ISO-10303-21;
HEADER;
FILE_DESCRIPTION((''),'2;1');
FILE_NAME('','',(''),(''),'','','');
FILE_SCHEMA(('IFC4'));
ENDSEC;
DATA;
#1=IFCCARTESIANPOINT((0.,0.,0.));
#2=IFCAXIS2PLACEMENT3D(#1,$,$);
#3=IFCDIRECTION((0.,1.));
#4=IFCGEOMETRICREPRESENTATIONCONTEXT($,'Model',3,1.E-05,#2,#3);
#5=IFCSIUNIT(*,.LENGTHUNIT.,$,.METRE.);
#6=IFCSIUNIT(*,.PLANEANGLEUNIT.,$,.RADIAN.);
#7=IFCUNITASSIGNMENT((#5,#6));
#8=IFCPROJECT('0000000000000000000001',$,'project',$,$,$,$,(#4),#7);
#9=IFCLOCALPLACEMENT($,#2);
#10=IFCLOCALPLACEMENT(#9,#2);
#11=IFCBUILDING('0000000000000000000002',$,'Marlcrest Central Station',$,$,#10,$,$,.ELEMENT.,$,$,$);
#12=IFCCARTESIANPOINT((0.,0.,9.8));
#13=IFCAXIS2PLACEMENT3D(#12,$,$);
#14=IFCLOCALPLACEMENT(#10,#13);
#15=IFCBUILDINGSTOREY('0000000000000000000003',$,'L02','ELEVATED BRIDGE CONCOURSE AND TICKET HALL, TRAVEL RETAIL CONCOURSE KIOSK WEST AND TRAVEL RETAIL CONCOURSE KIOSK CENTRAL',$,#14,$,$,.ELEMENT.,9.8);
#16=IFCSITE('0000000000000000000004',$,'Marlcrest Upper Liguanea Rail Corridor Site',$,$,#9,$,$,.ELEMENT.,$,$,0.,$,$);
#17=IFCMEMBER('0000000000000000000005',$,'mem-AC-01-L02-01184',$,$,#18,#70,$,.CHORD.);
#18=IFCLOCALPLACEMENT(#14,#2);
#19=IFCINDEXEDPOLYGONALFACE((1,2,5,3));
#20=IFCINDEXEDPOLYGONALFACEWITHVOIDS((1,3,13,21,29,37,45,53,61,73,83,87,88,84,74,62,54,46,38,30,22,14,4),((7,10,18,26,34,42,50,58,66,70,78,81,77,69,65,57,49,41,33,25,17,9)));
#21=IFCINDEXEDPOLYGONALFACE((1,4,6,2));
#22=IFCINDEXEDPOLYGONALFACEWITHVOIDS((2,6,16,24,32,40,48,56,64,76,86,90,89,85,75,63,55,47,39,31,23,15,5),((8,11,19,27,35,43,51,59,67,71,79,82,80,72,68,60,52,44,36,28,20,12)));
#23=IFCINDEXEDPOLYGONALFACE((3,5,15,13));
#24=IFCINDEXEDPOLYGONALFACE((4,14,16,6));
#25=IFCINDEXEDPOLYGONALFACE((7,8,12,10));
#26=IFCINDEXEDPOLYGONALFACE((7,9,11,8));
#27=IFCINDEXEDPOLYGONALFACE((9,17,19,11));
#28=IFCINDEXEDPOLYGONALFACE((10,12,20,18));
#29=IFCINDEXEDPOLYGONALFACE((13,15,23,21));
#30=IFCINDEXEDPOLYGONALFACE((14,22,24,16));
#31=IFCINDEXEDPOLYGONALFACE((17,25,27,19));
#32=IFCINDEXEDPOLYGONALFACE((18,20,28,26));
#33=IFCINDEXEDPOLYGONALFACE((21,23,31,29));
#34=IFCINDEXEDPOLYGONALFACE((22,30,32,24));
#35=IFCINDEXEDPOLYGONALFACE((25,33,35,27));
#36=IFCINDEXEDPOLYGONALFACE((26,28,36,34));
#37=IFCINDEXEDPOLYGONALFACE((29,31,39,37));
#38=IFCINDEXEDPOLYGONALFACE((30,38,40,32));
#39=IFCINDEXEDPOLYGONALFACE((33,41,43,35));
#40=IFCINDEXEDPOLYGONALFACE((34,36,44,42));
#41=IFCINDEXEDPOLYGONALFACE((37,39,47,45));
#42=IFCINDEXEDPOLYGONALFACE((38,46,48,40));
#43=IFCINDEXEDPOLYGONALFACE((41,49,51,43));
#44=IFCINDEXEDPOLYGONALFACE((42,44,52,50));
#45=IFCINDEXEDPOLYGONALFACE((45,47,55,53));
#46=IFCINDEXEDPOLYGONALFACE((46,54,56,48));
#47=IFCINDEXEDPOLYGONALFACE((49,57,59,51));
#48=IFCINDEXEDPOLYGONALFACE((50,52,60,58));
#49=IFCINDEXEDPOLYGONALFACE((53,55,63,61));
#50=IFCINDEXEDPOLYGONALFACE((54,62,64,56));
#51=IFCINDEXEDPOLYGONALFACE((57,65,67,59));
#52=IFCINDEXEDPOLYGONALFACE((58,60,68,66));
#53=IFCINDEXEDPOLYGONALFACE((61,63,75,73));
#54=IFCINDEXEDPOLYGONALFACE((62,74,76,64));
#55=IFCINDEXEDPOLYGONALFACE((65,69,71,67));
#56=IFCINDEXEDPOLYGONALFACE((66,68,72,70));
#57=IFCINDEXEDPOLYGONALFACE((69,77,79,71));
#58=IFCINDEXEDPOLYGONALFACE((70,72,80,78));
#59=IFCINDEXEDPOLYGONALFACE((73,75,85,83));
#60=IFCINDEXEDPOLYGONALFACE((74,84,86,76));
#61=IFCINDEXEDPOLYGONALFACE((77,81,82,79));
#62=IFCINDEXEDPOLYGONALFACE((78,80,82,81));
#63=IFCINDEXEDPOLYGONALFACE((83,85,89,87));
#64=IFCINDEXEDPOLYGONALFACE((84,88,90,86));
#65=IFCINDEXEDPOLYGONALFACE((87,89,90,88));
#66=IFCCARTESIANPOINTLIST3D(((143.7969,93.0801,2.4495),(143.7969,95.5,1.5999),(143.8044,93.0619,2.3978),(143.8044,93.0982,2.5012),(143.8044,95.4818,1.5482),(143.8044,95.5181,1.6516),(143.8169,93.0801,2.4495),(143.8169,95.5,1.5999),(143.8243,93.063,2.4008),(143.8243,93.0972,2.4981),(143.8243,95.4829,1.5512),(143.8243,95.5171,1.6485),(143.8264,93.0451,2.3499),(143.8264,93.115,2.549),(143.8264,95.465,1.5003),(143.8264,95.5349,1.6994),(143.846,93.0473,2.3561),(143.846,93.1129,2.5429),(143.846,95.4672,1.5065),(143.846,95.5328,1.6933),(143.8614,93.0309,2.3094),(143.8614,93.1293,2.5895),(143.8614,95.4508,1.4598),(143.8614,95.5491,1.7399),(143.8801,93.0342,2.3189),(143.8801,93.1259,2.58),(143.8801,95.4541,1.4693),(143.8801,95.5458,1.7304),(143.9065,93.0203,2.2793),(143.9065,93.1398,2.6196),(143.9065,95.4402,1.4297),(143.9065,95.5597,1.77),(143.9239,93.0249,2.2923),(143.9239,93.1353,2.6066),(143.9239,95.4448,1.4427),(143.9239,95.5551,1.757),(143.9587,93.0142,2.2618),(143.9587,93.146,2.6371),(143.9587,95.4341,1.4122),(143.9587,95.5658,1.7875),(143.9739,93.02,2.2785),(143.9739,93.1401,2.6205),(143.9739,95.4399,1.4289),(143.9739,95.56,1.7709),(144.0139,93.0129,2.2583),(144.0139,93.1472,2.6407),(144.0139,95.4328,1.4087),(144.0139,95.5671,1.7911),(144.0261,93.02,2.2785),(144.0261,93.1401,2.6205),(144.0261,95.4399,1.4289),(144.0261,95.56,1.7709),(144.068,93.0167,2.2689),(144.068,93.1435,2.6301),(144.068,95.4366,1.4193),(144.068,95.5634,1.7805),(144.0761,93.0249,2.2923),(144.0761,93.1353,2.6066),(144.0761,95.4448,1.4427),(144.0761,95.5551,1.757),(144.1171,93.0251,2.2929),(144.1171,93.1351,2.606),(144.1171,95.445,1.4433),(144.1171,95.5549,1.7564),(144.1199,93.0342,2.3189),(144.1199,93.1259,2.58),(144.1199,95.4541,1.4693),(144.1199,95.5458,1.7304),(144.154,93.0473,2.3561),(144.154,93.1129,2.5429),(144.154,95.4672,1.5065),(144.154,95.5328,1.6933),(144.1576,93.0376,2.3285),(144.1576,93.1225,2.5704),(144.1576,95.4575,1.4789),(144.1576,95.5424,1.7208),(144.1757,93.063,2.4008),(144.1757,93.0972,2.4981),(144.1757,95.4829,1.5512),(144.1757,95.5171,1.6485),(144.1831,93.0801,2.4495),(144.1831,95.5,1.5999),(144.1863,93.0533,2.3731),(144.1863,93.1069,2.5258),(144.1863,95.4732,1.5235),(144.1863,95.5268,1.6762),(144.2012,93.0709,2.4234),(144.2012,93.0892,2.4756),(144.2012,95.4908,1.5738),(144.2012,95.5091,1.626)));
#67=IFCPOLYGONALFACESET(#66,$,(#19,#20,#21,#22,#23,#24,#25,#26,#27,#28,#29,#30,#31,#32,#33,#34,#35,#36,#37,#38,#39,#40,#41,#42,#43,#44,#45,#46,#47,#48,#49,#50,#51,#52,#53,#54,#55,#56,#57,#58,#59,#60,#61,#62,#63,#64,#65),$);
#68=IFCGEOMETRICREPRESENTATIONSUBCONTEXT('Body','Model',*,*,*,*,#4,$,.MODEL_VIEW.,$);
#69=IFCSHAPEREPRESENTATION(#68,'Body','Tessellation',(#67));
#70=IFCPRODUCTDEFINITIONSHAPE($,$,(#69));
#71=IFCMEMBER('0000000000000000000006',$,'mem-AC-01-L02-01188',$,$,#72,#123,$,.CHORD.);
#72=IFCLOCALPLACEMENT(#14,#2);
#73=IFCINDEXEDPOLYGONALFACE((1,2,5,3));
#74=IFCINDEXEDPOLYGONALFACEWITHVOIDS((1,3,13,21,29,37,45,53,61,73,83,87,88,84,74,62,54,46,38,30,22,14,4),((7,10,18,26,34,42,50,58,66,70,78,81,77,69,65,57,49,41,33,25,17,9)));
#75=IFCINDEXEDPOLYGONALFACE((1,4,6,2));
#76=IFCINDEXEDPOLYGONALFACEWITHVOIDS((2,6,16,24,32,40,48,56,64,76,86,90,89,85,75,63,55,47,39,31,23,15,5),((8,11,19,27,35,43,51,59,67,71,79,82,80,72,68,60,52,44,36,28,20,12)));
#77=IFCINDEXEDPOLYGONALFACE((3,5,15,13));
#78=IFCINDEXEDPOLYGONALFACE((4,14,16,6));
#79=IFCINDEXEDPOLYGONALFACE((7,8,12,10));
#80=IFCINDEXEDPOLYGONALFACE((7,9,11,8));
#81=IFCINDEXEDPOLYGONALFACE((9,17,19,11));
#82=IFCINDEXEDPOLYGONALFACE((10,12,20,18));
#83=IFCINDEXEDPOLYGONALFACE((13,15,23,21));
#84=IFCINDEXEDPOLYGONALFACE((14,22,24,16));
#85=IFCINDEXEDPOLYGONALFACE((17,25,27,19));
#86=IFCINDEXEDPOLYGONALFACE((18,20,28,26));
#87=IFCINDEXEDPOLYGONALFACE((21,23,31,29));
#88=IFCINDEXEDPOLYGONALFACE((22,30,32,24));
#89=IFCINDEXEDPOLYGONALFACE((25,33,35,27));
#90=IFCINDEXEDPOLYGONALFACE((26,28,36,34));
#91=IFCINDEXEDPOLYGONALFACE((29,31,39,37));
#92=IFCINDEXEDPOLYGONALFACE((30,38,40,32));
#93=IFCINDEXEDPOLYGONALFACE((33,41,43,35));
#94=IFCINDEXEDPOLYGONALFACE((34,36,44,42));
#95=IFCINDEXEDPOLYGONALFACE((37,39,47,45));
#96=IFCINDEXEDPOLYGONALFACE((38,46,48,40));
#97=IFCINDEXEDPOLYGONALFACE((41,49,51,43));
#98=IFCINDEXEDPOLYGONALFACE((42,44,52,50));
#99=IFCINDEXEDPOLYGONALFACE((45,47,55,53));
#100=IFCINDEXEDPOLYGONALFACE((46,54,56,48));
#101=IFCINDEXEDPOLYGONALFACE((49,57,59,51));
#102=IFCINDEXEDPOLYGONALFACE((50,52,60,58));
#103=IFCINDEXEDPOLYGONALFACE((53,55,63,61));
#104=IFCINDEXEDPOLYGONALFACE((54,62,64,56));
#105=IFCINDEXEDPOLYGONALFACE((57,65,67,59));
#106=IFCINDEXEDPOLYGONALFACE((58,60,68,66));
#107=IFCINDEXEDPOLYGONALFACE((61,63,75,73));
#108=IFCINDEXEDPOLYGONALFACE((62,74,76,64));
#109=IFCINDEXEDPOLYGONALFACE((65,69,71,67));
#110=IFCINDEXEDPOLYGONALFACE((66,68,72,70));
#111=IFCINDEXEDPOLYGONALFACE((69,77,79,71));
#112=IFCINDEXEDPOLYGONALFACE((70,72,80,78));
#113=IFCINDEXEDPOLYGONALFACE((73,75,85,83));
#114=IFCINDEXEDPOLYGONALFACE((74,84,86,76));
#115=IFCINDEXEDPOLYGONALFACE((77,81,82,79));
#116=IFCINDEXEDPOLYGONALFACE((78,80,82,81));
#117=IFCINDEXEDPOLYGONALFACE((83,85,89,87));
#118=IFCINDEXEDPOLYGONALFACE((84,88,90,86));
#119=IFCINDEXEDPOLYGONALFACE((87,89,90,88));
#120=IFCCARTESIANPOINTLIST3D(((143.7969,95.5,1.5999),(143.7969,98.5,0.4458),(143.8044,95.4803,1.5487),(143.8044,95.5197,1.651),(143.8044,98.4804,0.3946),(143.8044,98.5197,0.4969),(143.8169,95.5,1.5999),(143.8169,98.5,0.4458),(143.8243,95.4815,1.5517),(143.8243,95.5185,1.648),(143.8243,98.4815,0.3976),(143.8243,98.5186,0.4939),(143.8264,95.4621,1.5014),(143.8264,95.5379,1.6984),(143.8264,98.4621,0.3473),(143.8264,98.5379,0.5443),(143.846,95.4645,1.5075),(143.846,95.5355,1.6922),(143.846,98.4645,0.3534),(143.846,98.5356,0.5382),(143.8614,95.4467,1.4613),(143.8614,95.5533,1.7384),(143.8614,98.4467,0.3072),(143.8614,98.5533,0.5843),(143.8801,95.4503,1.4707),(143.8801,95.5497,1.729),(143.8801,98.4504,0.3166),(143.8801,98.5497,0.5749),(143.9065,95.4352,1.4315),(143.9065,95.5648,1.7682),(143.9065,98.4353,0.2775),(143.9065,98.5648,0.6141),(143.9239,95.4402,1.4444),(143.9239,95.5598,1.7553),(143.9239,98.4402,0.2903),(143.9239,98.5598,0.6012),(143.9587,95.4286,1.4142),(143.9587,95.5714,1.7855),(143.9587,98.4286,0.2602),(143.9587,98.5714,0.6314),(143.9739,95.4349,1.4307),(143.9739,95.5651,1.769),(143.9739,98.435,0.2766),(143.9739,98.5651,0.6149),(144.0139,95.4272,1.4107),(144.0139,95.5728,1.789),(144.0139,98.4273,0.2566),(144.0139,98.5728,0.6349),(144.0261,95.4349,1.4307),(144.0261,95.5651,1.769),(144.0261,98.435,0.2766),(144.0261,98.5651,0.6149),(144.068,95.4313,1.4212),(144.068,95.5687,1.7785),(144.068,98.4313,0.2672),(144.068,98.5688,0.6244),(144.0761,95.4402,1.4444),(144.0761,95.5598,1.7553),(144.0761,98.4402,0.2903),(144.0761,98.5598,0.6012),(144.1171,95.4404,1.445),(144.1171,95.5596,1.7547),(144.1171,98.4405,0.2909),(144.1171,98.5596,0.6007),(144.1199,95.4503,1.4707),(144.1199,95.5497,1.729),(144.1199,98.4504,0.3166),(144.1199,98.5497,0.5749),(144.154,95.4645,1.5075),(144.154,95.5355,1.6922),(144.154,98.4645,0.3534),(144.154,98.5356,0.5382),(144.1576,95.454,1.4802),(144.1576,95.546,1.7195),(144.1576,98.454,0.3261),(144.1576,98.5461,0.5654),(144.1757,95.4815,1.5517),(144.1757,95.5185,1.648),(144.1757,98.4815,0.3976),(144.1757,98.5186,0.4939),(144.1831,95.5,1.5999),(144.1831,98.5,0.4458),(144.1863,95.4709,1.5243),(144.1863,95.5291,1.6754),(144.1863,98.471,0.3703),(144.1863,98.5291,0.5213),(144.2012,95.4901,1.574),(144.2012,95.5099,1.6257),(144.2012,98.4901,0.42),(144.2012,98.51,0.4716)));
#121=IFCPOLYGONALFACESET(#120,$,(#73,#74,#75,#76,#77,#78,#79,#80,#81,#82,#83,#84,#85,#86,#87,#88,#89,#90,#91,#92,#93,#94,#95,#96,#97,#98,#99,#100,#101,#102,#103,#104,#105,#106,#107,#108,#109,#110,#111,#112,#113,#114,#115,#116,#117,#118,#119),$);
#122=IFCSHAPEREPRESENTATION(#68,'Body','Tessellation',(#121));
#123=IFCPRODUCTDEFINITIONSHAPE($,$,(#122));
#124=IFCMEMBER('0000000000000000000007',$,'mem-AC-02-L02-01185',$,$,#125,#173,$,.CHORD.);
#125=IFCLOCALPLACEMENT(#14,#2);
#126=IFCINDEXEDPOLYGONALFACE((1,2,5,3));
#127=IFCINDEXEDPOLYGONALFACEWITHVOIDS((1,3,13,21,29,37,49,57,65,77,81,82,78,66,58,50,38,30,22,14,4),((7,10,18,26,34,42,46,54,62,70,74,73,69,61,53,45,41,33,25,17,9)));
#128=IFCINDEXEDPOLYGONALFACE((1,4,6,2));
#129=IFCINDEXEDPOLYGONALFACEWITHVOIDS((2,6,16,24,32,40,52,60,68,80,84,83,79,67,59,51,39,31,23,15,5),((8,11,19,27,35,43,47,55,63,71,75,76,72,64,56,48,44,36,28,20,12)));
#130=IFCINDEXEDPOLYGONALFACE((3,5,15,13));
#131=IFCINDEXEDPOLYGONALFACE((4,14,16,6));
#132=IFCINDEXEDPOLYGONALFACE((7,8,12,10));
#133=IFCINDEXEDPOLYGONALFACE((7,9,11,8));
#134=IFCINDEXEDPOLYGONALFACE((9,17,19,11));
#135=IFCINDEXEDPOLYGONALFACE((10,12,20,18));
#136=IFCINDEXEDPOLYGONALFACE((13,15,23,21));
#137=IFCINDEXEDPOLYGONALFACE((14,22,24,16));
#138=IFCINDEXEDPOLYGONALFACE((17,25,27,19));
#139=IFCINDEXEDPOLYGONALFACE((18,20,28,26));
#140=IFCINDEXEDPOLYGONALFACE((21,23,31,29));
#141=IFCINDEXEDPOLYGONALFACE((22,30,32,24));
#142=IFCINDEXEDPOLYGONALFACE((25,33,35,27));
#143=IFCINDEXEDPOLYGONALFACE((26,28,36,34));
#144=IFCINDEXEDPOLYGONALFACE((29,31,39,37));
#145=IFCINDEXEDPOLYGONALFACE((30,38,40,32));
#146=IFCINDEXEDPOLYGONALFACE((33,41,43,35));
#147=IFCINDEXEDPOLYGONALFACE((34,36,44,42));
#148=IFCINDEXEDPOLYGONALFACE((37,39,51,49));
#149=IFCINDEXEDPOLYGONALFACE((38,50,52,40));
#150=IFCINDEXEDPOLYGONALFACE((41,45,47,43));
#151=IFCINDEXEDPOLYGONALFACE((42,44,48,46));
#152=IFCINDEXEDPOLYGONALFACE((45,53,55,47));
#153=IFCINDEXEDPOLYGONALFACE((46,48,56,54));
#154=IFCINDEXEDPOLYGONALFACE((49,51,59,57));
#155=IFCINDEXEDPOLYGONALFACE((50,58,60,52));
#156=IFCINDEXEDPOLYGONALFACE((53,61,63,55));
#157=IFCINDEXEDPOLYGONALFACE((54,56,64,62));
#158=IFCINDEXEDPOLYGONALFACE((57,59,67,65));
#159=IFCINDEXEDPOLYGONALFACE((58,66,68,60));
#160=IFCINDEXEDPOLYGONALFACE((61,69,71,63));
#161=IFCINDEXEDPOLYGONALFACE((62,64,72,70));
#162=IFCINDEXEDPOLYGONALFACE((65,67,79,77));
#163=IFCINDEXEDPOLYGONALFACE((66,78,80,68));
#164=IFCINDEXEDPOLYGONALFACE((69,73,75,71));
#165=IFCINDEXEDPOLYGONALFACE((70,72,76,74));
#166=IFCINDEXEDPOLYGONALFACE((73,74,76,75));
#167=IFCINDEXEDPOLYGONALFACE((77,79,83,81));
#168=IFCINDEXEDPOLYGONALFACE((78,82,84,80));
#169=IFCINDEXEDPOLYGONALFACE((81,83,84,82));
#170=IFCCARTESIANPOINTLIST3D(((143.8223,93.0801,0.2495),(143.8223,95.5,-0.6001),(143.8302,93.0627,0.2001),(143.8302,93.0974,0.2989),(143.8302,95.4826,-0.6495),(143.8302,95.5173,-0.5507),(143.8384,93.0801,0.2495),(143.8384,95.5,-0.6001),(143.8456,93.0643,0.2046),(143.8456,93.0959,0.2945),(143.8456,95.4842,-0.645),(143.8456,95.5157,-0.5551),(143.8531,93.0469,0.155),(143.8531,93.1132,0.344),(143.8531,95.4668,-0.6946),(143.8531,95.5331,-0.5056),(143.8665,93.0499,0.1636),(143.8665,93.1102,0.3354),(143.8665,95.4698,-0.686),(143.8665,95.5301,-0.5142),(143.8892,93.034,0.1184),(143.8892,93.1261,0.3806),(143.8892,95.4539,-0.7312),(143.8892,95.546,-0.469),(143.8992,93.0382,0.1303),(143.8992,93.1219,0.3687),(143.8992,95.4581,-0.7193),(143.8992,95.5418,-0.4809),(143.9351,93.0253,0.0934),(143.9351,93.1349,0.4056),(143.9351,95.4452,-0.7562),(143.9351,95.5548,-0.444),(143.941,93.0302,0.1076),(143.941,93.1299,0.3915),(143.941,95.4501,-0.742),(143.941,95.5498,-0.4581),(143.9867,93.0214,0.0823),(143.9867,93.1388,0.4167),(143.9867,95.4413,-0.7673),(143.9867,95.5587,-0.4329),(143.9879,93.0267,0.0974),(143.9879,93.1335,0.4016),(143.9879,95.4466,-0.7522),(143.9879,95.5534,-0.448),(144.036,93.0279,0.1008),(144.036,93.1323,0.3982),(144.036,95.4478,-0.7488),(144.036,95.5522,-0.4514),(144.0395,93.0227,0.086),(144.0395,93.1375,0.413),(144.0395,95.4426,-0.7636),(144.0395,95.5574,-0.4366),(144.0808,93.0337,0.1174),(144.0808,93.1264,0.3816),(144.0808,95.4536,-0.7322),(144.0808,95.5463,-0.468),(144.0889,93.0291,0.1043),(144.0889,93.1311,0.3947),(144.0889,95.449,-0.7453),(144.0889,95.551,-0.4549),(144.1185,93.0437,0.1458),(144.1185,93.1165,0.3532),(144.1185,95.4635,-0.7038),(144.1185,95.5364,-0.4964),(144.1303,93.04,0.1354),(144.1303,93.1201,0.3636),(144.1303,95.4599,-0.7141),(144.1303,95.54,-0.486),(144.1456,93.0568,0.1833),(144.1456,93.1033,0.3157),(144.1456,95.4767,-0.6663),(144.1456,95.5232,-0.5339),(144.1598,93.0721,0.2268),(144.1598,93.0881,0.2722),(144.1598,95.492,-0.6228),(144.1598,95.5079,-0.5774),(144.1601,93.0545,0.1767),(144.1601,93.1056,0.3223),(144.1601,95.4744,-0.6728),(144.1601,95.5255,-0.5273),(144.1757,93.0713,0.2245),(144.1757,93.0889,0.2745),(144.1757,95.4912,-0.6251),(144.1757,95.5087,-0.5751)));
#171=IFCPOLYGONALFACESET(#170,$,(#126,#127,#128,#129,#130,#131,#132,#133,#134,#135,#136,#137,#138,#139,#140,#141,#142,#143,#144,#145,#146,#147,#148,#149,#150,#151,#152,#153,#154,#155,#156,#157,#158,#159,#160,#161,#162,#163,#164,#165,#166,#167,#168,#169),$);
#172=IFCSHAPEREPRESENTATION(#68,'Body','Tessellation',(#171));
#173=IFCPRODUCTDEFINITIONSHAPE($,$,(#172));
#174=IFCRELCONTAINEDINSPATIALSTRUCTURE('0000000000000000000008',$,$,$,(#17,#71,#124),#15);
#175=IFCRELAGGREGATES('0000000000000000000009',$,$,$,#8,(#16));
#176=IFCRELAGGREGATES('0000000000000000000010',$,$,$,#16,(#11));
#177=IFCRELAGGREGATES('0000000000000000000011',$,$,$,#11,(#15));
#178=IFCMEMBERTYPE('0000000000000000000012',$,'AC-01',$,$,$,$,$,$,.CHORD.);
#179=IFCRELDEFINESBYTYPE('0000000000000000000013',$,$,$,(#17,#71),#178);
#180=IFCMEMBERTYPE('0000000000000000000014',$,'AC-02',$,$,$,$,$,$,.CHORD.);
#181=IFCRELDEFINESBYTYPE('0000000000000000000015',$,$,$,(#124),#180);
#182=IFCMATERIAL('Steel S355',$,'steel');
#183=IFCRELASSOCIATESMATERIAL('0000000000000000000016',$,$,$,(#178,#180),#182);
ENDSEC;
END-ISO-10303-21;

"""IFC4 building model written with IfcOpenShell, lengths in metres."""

from ifc_helpers import new_model, si_unit, direction, frame, origin, origin_2d, place, context, subcontext, project, spatial, hollow_circle, extrude, material, material_profile, profile_set, type_object, element, save


model = new_model("IFC4")

# Units and contexts
model_context = context("Model", 3, precision=1e-05, world=origin(), true_north=direction((0.0, 1.0)))
body_context = subcontext(model_context, "Body", "Model", "MODEL_VIEW")
ifc_project = project(units=[si_unit("LENGTHUNIT", "METRE"), si_unit("PLANEANGLEUNIT", "RADIAN")], contexts=[model_context])

# Site, building, storey
site_placement = place(None, origin())
site = spatial("IfcSite", under=ifc_project, at=site_placement, Name="Marlcrest Upper Liguanea Rail Corridor Site", CompositionType="ELEMENT", RefElevation=0.0)
building_placement = place(site_placement, origin())
building = spatial("IfcBuilding", under=site, at=building_placement, Name="Marlcrest Central Station", CompositionType="ELEMENT")
storey_placement = place(building_placement, frame((0.0, 0.0, 9.8)))
storey = spatial("IfcBuildingStorey", under=building, at=storey_placement, Name="L02", Description="ELEVATED BRIDGE CONCOURSE AND TICKET HALL, TRAVEL RETAIL CONCOURSE KIOSK WEST AND TRAVEL RETAIL CONCOURSE KIOSK CENTRAL", CompositionType="ELEMENT", Elevation=9.8)

# Members
ifc_material_1 = material(Name="Steel S355", Category="steel")
ifc_material_profile_1 = material_profile(ifc_material_1, hollow_circle(Radius=0.2031, WallThickness=0.02, at=origin_2d()), Name="CHS 406.4x20")
ifc_profile_set_1 = profile_set([ifc_material_profile_1], Name="Steel S355")
member_type_1 = type_object("IfcMemberType", Name="AC-01", PredefinedType="CHORD", material=ifc_profile_set_1)
member_1_placement = place(storey_placement, frame((144.0, 93.0801, 2.4495), z_axis=(0.0, 0.943537, -0.331266), x_axis=(-1.0, 0.0, 0.0)))
element("IfcMember", 1, at=member_1_placement, inside=storey, type_object=member_type_1, Name="mem-AC-01-L02-01184", PredefinedType="CHORD", context=body_context, shape_type="SweptSolid", body=[
    extrude(hollow_circle(Radius=0.2031, WallThickness=0.02, at=origin_2d()), origin(), (0.0, 0.0, 1.0), 2.5647),
])
member_2_placement = place(storey_placement, frame((144.0, 95.5, 1.5999), z_axis=(0.0, 0.933324, -0.359035), x_axis=(-1.0, 0.0, 0.0)))
element("IfcMember", 2, at=member_2_placement, inside=storey, type_object=member_type_1, Name="mem-AC-01-L02-01188", PredefinedType="CHORD", context=body_context, shape_type="SweptSolid", body=[
    extrude(hollow_circle(Radius=0.2031, WallThickness=0.02, at=origin_2d()), origin(), (0.0, 0.0, 1.0), 3.2144),
])
ifc_material_profile_2 = material_profile(ifc_material_1, hollow_circle(Radius=0.1777, WallThickness=0.0161, at=origin_2d()), Name="CHS 355.6x16")
ifc_profile_set_2 = profile_set([ifc_material_profile_2], Name="Steel S355")
member_type_2 = type_object("IfcMemberType", Name="AC-02", PredefinedType="CHORD", material=ifc_profile_set_2)
member_3_placement = place(storey_placement, frame((144.0, 93.0801, 0.2495), z_axis=(0.0, 0.943537, -0.331266), x_axis=(-1.0, 0.0, 0.0)))
element("IfcMember", 3, at=member_3_placement, inside=storey, type_object=member_type_2, Name="mem-AC-02-L02-01185", PredefinedType="CHORD", context=body_context, shape_type="SweptSolid", body=[
    extrude(hollow_circle(Radius=0.1777, WallThickness=0.0161, at=origin_2d()), origin(), (0.0, 0.0, 1.0), 2.5647),
])

save(model, "model.ifc")
